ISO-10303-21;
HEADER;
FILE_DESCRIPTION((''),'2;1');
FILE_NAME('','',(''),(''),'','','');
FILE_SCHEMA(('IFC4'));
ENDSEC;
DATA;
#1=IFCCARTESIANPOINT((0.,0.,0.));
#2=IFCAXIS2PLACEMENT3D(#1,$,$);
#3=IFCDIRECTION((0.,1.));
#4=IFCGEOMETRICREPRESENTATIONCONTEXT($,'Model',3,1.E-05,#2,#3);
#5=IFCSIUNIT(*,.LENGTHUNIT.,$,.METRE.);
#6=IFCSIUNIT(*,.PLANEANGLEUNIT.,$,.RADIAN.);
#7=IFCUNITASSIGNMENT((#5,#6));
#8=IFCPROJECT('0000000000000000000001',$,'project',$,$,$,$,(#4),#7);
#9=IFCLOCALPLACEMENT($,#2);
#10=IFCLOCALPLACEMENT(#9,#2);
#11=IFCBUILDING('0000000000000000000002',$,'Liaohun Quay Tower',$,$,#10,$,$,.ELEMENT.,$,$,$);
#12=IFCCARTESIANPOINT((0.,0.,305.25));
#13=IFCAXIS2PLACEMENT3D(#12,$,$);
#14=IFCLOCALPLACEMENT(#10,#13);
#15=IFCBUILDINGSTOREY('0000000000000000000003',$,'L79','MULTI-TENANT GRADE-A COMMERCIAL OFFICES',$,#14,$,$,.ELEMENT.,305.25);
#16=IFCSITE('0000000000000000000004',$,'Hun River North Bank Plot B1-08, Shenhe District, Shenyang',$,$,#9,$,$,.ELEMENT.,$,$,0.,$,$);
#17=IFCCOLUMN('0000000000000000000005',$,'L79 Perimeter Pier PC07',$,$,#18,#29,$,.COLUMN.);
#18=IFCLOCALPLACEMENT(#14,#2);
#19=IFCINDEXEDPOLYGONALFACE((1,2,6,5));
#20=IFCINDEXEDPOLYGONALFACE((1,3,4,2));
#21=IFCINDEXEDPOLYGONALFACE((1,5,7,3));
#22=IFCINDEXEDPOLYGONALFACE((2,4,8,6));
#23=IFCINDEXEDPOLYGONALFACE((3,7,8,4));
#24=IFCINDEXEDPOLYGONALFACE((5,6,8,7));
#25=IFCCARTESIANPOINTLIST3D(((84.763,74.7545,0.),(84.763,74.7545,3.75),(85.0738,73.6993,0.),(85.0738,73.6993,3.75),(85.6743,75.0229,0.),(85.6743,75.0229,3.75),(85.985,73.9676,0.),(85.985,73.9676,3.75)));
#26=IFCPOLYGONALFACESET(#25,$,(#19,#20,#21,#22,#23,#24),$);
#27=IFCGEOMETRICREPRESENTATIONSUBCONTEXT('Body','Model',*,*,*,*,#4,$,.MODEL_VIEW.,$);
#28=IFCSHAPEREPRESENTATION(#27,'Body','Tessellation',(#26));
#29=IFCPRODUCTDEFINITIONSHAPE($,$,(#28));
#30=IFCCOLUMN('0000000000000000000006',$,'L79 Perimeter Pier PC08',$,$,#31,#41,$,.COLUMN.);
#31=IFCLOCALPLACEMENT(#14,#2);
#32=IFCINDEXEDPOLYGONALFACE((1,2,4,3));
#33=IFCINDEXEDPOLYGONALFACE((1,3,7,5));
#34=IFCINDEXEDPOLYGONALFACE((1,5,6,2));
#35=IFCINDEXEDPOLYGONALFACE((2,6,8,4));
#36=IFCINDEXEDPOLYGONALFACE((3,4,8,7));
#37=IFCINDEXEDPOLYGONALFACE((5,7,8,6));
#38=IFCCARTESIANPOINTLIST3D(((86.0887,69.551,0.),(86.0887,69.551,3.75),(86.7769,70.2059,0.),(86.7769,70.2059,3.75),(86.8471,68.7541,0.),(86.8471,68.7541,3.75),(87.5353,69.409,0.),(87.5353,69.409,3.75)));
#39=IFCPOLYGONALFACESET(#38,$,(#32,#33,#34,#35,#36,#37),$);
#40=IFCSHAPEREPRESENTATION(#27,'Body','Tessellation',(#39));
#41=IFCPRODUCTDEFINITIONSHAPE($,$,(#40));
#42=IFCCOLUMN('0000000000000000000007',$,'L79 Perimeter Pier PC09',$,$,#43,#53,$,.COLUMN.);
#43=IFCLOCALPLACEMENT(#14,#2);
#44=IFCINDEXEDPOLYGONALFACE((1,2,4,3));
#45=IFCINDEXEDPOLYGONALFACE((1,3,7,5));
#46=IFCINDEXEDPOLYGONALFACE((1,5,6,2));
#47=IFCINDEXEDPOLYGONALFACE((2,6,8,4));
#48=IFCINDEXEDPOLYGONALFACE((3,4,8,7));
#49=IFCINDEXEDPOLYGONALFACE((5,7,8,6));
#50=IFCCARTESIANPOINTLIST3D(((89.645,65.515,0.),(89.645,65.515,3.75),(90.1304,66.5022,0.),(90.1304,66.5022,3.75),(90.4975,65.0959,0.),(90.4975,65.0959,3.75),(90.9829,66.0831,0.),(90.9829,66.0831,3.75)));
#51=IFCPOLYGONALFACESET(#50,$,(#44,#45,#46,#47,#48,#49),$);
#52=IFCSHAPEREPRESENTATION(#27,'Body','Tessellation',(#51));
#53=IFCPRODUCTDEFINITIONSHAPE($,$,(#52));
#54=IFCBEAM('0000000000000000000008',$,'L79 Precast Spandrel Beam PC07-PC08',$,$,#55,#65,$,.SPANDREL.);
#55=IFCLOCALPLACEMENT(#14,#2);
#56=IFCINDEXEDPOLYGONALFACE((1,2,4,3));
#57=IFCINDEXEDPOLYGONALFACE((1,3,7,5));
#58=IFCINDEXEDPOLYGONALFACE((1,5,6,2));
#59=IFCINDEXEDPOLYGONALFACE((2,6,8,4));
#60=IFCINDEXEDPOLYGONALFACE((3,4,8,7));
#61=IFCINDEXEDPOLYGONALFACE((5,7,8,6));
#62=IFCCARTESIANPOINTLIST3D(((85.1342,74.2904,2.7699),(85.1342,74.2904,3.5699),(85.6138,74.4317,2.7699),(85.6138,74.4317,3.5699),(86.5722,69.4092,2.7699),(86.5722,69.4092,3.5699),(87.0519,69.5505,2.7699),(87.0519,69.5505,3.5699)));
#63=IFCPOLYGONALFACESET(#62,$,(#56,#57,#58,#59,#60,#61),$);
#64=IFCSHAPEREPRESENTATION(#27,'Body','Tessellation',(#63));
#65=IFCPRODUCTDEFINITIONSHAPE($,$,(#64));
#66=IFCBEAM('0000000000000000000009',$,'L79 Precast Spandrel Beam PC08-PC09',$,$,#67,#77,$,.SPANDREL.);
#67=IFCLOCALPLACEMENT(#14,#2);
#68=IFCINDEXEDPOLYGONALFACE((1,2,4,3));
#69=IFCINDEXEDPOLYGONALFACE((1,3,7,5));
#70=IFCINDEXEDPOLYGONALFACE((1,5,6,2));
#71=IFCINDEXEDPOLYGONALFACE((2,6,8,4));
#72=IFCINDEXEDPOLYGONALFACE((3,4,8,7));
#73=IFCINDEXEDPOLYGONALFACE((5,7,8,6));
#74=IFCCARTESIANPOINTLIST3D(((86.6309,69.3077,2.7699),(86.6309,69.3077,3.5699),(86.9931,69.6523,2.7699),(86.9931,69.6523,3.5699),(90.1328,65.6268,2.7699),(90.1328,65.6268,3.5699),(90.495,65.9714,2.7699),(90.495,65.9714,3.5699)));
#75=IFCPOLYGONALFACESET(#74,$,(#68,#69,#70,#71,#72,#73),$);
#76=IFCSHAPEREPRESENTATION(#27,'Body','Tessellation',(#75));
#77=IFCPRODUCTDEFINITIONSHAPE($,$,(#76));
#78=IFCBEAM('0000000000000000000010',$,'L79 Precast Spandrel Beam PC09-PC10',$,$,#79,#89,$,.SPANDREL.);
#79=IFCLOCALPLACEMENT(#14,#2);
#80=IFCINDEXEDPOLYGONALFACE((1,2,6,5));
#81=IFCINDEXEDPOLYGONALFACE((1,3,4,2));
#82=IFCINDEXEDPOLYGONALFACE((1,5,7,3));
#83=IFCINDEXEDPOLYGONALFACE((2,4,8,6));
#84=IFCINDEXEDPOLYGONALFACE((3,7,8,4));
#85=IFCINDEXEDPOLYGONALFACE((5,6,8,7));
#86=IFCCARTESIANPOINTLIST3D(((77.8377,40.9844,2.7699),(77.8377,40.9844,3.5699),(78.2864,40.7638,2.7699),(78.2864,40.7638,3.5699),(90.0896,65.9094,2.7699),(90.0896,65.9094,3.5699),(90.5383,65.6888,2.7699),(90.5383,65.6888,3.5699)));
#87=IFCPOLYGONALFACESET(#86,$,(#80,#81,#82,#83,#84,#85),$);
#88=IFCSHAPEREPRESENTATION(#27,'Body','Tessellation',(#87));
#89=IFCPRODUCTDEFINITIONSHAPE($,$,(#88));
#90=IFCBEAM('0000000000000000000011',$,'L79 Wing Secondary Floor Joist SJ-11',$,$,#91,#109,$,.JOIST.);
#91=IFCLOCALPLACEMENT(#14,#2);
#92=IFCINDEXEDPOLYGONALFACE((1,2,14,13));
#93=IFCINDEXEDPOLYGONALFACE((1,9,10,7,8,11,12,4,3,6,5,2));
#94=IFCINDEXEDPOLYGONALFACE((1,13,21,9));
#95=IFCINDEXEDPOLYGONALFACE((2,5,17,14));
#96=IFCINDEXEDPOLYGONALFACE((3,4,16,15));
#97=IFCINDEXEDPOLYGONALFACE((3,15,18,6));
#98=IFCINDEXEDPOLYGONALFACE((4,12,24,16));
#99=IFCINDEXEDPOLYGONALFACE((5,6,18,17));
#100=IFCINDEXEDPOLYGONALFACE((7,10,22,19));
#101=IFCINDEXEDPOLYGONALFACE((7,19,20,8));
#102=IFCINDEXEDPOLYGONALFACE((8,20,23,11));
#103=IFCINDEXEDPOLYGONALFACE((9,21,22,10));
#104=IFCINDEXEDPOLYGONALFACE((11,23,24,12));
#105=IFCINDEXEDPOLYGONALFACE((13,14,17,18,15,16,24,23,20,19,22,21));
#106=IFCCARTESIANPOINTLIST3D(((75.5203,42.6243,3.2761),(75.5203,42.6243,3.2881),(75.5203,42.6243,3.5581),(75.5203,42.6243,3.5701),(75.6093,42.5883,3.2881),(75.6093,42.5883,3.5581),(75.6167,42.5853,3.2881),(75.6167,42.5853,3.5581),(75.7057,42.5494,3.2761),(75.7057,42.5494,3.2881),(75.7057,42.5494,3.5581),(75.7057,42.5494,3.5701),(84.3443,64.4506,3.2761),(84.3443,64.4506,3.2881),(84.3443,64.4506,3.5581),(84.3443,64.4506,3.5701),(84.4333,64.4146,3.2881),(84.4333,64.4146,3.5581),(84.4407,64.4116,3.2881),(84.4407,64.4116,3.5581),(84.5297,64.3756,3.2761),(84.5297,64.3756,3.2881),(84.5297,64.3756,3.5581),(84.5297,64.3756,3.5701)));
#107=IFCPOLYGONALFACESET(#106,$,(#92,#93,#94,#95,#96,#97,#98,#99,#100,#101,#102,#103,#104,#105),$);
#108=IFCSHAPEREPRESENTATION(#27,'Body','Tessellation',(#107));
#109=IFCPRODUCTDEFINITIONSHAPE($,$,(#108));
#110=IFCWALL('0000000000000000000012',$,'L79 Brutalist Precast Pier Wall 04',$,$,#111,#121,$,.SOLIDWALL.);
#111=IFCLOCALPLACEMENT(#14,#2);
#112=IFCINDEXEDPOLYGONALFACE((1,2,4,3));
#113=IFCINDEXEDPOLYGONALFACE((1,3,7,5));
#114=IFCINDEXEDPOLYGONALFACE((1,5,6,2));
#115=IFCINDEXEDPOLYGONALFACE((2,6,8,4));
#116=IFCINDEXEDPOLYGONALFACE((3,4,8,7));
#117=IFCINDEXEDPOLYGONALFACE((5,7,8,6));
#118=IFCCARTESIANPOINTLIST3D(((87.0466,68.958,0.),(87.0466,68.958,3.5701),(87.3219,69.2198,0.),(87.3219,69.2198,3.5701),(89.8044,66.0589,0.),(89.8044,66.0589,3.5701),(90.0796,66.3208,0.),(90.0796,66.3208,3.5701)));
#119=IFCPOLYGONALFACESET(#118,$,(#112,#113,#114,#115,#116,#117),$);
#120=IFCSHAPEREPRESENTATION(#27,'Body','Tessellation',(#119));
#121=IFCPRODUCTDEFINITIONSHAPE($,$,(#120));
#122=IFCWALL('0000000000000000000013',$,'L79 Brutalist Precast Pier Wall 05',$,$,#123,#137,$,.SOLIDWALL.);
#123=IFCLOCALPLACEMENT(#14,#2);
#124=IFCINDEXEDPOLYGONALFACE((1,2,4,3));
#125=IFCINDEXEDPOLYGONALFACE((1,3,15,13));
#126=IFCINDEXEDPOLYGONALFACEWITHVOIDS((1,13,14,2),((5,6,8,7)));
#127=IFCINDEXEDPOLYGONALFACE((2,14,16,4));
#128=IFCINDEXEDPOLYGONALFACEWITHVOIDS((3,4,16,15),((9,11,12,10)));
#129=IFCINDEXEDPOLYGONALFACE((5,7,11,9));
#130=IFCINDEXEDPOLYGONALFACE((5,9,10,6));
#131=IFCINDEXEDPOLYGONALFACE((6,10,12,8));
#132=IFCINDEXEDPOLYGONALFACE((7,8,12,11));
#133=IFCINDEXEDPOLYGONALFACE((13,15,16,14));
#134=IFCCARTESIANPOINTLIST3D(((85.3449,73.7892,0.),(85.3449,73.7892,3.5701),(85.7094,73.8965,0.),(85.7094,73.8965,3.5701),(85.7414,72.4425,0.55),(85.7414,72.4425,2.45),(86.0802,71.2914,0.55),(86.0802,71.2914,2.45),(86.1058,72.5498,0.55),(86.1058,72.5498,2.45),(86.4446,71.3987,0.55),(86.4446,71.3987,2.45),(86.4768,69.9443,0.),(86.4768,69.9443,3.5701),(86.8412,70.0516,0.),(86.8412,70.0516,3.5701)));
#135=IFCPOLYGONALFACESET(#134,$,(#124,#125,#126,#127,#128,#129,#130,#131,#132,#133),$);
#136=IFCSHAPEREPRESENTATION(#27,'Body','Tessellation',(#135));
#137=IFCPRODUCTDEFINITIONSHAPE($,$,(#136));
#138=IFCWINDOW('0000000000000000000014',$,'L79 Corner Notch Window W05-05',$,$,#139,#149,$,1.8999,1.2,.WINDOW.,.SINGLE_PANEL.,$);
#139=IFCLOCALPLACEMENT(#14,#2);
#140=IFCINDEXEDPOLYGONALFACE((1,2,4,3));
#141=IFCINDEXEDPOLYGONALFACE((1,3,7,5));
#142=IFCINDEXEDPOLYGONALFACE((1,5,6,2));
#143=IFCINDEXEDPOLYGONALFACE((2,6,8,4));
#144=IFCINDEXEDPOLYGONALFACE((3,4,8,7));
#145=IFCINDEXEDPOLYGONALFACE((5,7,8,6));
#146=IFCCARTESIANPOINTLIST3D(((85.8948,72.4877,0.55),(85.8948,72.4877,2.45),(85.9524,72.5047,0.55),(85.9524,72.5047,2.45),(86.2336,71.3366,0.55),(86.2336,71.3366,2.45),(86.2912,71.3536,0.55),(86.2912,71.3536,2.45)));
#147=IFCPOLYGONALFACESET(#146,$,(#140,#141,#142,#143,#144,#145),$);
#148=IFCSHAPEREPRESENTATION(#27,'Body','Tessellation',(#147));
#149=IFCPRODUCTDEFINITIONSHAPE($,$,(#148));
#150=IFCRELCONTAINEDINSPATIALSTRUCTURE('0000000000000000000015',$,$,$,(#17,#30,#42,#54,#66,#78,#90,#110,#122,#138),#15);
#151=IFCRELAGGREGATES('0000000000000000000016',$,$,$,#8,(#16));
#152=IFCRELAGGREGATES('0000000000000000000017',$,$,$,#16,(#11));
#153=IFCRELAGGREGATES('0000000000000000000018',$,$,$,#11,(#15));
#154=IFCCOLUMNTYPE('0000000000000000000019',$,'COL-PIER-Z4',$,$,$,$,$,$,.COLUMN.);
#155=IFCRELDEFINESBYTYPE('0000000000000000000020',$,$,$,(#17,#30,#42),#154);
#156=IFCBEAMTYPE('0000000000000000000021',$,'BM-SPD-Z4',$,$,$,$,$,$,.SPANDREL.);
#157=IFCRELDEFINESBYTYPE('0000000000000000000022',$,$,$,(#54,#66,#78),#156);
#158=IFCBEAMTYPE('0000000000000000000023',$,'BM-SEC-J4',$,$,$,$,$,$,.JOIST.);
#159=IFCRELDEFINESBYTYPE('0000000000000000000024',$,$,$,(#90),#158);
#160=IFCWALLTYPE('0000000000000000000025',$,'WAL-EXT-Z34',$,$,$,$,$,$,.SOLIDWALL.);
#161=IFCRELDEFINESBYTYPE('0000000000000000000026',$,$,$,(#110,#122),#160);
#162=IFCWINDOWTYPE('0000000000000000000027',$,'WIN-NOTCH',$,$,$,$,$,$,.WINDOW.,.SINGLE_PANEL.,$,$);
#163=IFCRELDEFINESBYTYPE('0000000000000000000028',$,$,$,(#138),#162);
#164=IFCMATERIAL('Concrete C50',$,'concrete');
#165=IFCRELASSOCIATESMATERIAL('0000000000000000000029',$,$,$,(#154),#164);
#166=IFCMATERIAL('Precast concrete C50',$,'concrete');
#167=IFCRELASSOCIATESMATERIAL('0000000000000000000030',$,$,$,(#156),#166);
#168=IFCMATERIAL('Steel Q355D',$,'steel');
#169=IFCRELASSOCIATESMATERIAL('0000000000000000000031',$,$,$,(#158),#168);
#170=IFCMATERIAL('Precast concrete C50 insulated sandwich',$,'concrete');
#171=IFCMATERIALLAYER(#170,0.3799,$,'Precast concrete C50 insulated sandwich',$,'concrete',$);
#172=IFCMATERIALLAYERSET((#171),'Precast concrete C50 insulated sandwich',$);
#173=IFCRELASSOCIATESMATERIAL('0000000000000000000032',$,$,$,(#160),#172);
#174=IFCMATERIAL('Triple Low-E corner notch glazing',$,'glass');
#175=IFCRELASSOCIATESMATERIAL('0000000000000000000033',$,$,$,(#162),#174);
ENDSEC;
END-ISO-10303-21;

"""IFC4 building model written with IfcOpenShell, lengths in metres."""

from ifc_helpers import new_model, si_unit, direction, frame, frame_2d, origin, origin_2d, place, context, subcontext, project, spatial, rectangle, i_section, extrude, source, transform, mapped, material, layer, layer_set, material_profile, profile_set, type_object, element, fill, save


model = new_model("IFC4")

# Units and contexts
model_context = context("Model", 3, precision=1e-05, world=origin(), true_north=direction((0.0, 1.0)))
body_context = subcontext(model_context, "Body", "Model", "MODEL_VIEW")
ifc_project = project(units=[si_unit("LENGTHUNIT", "METRE"), si_unit("PLANEANGLEUNIT", "RADIAN")], contexts=[model_context])

# Site, building, storey
site_placement = place(None, origin())
site = spatial("IfcSite", under=ifc_project, at=site_placement, Name="Hun River North Bank Plot B1-08, Shenhe District, Shenyang", CompositionType="ELEMENT", RefElevation=0.0)
building_placement = place(site_placement, origin())
building = spatial("IfcBuilding", under=site, at=building_placement, Name="Liaohun Quay Tower", CompositionType="ELEMENT")
storey_placement = place(building_placement, frame((0.0, 0.0, 305.25)))
storey = spatial("IfcBuildingStorey", under=building, at=storey_placement, Name="L79", Description="MULTI-TENANT GRADE-A COMMERCIAL OFFICES", CompositionType="ELEMENT", Elevation=305.25)

# Columns
ifc_material_1 = material(Name="Concrete C50", Category="concrete")
ifc_material_profile_1 = material_profile(ifc_material_1, rectangle(XDim=1.1001, YDim=0.95, at=origin_2d()), Name="RC1100x950")
ifc_profile_set_1 = profile_set([ifc_material_profile_1], Name="Concrete C50")
column_type = type_object("IfcColumnType", Name="COL-PIER-Z4", PredefinedType="COLUMN", material=ifc_profile_set_1)
shared_shape_1 = source(origin(), body_context, "Body", "SweptSolid", [
    extrude(rectangle(XDim=1.1001, YDim=0.95, at=origin_2d()), origin(), (0.0, 0.0, 1.0), 3.75),
])
for number, where, z_axis, x_axis, name in (
    (1, (85.374, 74.3611, 0.0), (0.0, 0.0, 1.0), (-0.282509, 0.959265, 0.0), "L79 Perimeter Pier PC07"),
    (2, (86.812, 69.48, 0.0), (0.0, 0.0, 1.0), (-0.689367, 0.724413, 0.0), "L79 Perimeter Pier PC08"),
    (3, (90.314, 65.7991, 0.0), (0.0, 0.0, 1.0), (0.441193, 0.897412, 0.0), "L79 Perimeter Pier PC09"),
):
    element("IfcColumn", number, at=place(storey_placement, frame(where, z_axis=z_axis, x_axis=x_axis)), inside=storey, type_object=column_type, Name=name, PredefinedType="COLUMN", context=body_context, shape_type="MappedRepresentation", body=[
        mapped(shared_shape_1, transform((0.0, 0.0, 0.0), x_axis=(1.0, 0.0, 0.0), y_axis=(0.0, 1.0, 0.0), z_axis=(0.0, 0.0, 1.0), scale=1.0)),
    ])

# Beams
ifc_material_2 = material(Name="Precast concrete C50", Category="concrete")
ifc_material_profile_2 = material_profile(ifc_material_2, rectangle(XDim=0.5, YDim=0.8, at=origin_2d()), Name="RC500x800")
ifc_profile_set_2 = profile_set([ifc_material_profile_2], Name="Precast concrete C50")
beam_type_1 = type_object("IfcBeamType", Name="BM-SPD-Z4", PredefinedType="SPANDREL", material=ifc_profile_set_2)
shared_shape_2 = source(origin(), body_context, "Body", "SweptSolid", [
    extrude(rectangle(XDim=0.5, YDim=0.8, at=origin_2d()), origin(), (0.0, 0.0, 1.0), 5.0886),
])
beam_1_placement = place(storey_placement, frame((85.374, 74.3611, 3.1699), z_axis=(0.282595, -0.959239, 0.0), x_axis=(0.959239, 0.282595, 0.0)))
element("IfcBeam", 4, at=beam_1_placement, inside=storey, type_object=beam_type_1, Name="L79 Precast Spandrel Beam PC07-PC08", PredefinedType="SPANDREL", context=body_context, shape_type="MappedRepresentation", body=[
    mapped(shared_shape_2, transform((0.0, 0.0, 0.0), x_axis=(1.0, 0.0, 0.0), y_axis=(0.0, 1.0, 0.0), z_axis=(0.0, 0.0, 1.0), scale=1.0)),
])
shared_shape_3 = source(origin(), body_context, "Body", "SweptSolid", [
    extrude(rectangle(XDim=0.5, YDim=0.8, at=origin_2d()), origin(), (0.0, 0.0, 1.0), 5.0806),
])
beam_2_placement = place(storey_placement, frame((86.812, 69.48, 3.1699), z_axis=(0.689276, -0.724499, 0.0), x_axis=(0.724499, 0.689276, 0.0)))
element("IfcBeam", 5, at=beam_2_placement, inside=storey, type_object=beam_type_1, Name="L79 Precast Spandrel Beam PC08-PC09", PredefinedType="SPANDREL", context=body_context, shape_type="MappedRepresentation", body=[
    mapped(shared_shape_3, transform((0.0, 0.0, 0.0), x_axis=(1.0, 0.0, 0.0), y_axis=(0.0, 1.0, 0.0), z_axis=(0.0, 0.0, 1.0), scale=1.0)),
])
shared_shape_4 = source(origin(), body_context, "Body", "SweptSolid", [
    extrude(rectangle(XDim=0.5, YDim=0.8, at=origin_2d()), origin(), (0.0, 0.0, 1.0), 27.7734),
])
beam_3_placement = place(storey_placement, frame((90.314, 65.7991, 3.1699), z_axis=(-0.441138, -0.897439, 0.0), x_axis=(0.897439, -0.441138, 0.0)))
element("IfcBeam", 6, at=beam_3_placement, inside=storey, type_object=beam_type_1, Name="L79 Precast Spandrel Beam PC09-PC10", PredefinedType="SPANDREL", context=body_context, shape_type="MappedRepresentation", body=[
    mapped(shared_shape_4, transform((0.0, 0.0, 0.0), x_axis=(1.0, 0.0, 0.0), y_axis=(0.0, 1.0, 0.0), z_axis=(0.0, 0.0, 1.0), scale=1.0)),
])
ifc_material_3 = material(Name="Steel Q355D", Category="steel")
ifc_material_profile_3 = material_profile(ifc_material_3, i_section(OverallWidth=0.2, OverallDepth=0.2939, WebThickness=0.0081, FlangeThickness=0.012, at=origin_2d()), Name="HM294x200x8x12")
ifc_profile_set_3 = profile_set([ifc_material_profile_3], Name="Steel Q355D")
beam_type_2 = type_object("IfcBeamType", Name="BM-SEC-J4", PredefinedType="JOIST", material=ifc_profile_set_3)
shared_shape_5 = source(origin(), body_context, "Body", "SweptSolid", [
    extrude(i_section(OverallWidth=0.2, OverallDepth=0.2939, WebThickness=0.0081, FlangeThickness=0.012, at=origin_2d()), origin(), (0.0, 0.0, 1.0), 23.5425),
])
beam_4_placement = place(storey_placement, frame((84.437, 64.4131, 3.4231), z_axis=(-0.374812, -0.927101, 0.0), x_axis=(0.927101, -0.374812, 0.0)))
element("IfcBeam", 7, at=beam_4_placement, inside=storey, type_object=beam_type_2, Name="L79 Wing Secondary Floor Joist SJ-11", PredefinedType="JOIST", context=body_context, shape_type="MappedRepresentation", body=[
    mapped(shared_shape_5, transform((0.0, 0.0, 0.0), x_axis=(1.0, 0.0, 0.0), y_axis=(0.0, 1.0, 0.0), z_axis=(0.0, 0.0, 1.0), scale=1.0)),
])

# Wall
ifc_material_4 = material(Name="Precast concrete C50 insulated sandwich", Category="concrete")
ifc_layer_1 = layer(ifc_material_4, 0.3799, Name="Precast concrete C50 insulated sandwich", Category="concrete")
ifc_layer_set_1 = layer_set([ifc_layer_1], Name="Precast concrete C50 insulated sandwich")
wall_type_1 = type_object("IfcWallType", Name="WAL-EXT-Z34", PredefinedType="SOLIDWALL", material=ifc_layer_set_1)
wall_1_placement = place(storey_placement, frame((89.9419, 66.1899, 0.0), z_axis=(0.0, 0.0, 1.0), x_axis=(-0.689222, 0.72455, 0.0)))
element("IfcWall", 8, at=wall_1_placement, inside=storey, type_object=wall_type_1, Name="L79 Brutalist Precast Pier Wall 04", PredefinedType="SOLIDWALL", context=body_context, shape_type="SweptSolid", body=[
    extrude(rectangle(XDim=4.0012, YDim=0.3799, at=frame_2d((2.0005, 0.0))), origin(), (0.0, 0.0, 1.0), 3.5701),
])

# Wall, opening, window
wall_2_placement = place(storey_placement, frame((86.6589, 69.998, 0.0), z_axis=(0.0, 0.0, 1.0), x_axis=(-0.282387, 0.9593, 0.0)))
wall_2 = element("IfcWall", 9, at=wall_2_placement, inside=storey, type_object=wall_type_1, Name="L79 Brutalist Precast Pier Wall 05", PredefinedType="SOLIDWALL", context=body_context, shape_type="SweptSolid", body=[
    extrude(rectangle(XDim=4.0081, YDim=0.3799, at=frame_2d((2.0039, 0.0))), origin(), (0.0, 0.0, 1.0), 3.5701),
])
shared_shape_6 = source(origin(), body_context, "Body", "SweptSolid", [
    extrude(rectangle(XDim=1.2, YDim=1.8999, at=frame_2d((0.6001, 0.95))), frame((0.0, 0.2, 0.0), z_axis=(0.0, -1.0, 0.0), x_axis=(1.0, 0.0, 0.0)), (0.0, 0.0, 1.0), 0.3999),
])
opening_1_placement = place(wall_2_placement, frame((1.4041, 0.0, 0.55)))
opening_1 = element("IfcOpeningElement", 10, at=opening_1_placement, cuts=wall_2, PredefinedType="OPENING", context=body_context, shape_type="MappedRepresentation", body=[
    mapped(shared_shape_6, transform((0.0, 0.0, 0.0), x_axis=(1.0, 0.0, 0.0), y_axis=(0.0, 1.0, 0.0), z_axis=(0.0, 0.0, 1.0), scale=1.0)),
])
ifc_material_5 = material(Name="Triple Low-E corner notch glazing", Category="glass")
window_type_1 = type_object("IfcWindowType", Name="WIN-NOTCH", PartitioningType="SINGLE_PANEL", PredefinedType="WINDOW", material=ifc_material_5)
shared_shape_7 = source(origin(), body_context, "Body", "SweptSolid", [
    extrude(rectangle(XDim=1.2, YDim=1.8999, at=frame_2d((0.6001, 0.95))), frame((0.0, 0.03, 0.0), z_axis=(0.0, -1.0, 0.0), x_axis=(1.0, 0.0, 0.0)), (0.0, 0.0, 1.0), 0.0601),
])
window_1_placement = place(opening_1_placement, origin())
window_1 = element("IfcWindow", 11, at=window_1_placement, inside=storey, type_object=window_type_1, Name="L79 Corner Notch Window W05-05", OverallHeight=1.8999, OverallWidth=1.2, PartitioningType="SINGLE_PANEL", PredefinedType="WINDOW", context=body_context, shape_type="MappedRepresentation", body=[
    mapped(shared_shape_7, transform((0.0, 0.0, 0.0), x_axis=(1.0, 0.0, 0.0), y_axis=(0.0, 1.0, 0.0), z_axis=(0.0, 0.0, 1.0), scale=1.0)),
])
fill(opening_1, window_1)

save(model, "model.ifc")
